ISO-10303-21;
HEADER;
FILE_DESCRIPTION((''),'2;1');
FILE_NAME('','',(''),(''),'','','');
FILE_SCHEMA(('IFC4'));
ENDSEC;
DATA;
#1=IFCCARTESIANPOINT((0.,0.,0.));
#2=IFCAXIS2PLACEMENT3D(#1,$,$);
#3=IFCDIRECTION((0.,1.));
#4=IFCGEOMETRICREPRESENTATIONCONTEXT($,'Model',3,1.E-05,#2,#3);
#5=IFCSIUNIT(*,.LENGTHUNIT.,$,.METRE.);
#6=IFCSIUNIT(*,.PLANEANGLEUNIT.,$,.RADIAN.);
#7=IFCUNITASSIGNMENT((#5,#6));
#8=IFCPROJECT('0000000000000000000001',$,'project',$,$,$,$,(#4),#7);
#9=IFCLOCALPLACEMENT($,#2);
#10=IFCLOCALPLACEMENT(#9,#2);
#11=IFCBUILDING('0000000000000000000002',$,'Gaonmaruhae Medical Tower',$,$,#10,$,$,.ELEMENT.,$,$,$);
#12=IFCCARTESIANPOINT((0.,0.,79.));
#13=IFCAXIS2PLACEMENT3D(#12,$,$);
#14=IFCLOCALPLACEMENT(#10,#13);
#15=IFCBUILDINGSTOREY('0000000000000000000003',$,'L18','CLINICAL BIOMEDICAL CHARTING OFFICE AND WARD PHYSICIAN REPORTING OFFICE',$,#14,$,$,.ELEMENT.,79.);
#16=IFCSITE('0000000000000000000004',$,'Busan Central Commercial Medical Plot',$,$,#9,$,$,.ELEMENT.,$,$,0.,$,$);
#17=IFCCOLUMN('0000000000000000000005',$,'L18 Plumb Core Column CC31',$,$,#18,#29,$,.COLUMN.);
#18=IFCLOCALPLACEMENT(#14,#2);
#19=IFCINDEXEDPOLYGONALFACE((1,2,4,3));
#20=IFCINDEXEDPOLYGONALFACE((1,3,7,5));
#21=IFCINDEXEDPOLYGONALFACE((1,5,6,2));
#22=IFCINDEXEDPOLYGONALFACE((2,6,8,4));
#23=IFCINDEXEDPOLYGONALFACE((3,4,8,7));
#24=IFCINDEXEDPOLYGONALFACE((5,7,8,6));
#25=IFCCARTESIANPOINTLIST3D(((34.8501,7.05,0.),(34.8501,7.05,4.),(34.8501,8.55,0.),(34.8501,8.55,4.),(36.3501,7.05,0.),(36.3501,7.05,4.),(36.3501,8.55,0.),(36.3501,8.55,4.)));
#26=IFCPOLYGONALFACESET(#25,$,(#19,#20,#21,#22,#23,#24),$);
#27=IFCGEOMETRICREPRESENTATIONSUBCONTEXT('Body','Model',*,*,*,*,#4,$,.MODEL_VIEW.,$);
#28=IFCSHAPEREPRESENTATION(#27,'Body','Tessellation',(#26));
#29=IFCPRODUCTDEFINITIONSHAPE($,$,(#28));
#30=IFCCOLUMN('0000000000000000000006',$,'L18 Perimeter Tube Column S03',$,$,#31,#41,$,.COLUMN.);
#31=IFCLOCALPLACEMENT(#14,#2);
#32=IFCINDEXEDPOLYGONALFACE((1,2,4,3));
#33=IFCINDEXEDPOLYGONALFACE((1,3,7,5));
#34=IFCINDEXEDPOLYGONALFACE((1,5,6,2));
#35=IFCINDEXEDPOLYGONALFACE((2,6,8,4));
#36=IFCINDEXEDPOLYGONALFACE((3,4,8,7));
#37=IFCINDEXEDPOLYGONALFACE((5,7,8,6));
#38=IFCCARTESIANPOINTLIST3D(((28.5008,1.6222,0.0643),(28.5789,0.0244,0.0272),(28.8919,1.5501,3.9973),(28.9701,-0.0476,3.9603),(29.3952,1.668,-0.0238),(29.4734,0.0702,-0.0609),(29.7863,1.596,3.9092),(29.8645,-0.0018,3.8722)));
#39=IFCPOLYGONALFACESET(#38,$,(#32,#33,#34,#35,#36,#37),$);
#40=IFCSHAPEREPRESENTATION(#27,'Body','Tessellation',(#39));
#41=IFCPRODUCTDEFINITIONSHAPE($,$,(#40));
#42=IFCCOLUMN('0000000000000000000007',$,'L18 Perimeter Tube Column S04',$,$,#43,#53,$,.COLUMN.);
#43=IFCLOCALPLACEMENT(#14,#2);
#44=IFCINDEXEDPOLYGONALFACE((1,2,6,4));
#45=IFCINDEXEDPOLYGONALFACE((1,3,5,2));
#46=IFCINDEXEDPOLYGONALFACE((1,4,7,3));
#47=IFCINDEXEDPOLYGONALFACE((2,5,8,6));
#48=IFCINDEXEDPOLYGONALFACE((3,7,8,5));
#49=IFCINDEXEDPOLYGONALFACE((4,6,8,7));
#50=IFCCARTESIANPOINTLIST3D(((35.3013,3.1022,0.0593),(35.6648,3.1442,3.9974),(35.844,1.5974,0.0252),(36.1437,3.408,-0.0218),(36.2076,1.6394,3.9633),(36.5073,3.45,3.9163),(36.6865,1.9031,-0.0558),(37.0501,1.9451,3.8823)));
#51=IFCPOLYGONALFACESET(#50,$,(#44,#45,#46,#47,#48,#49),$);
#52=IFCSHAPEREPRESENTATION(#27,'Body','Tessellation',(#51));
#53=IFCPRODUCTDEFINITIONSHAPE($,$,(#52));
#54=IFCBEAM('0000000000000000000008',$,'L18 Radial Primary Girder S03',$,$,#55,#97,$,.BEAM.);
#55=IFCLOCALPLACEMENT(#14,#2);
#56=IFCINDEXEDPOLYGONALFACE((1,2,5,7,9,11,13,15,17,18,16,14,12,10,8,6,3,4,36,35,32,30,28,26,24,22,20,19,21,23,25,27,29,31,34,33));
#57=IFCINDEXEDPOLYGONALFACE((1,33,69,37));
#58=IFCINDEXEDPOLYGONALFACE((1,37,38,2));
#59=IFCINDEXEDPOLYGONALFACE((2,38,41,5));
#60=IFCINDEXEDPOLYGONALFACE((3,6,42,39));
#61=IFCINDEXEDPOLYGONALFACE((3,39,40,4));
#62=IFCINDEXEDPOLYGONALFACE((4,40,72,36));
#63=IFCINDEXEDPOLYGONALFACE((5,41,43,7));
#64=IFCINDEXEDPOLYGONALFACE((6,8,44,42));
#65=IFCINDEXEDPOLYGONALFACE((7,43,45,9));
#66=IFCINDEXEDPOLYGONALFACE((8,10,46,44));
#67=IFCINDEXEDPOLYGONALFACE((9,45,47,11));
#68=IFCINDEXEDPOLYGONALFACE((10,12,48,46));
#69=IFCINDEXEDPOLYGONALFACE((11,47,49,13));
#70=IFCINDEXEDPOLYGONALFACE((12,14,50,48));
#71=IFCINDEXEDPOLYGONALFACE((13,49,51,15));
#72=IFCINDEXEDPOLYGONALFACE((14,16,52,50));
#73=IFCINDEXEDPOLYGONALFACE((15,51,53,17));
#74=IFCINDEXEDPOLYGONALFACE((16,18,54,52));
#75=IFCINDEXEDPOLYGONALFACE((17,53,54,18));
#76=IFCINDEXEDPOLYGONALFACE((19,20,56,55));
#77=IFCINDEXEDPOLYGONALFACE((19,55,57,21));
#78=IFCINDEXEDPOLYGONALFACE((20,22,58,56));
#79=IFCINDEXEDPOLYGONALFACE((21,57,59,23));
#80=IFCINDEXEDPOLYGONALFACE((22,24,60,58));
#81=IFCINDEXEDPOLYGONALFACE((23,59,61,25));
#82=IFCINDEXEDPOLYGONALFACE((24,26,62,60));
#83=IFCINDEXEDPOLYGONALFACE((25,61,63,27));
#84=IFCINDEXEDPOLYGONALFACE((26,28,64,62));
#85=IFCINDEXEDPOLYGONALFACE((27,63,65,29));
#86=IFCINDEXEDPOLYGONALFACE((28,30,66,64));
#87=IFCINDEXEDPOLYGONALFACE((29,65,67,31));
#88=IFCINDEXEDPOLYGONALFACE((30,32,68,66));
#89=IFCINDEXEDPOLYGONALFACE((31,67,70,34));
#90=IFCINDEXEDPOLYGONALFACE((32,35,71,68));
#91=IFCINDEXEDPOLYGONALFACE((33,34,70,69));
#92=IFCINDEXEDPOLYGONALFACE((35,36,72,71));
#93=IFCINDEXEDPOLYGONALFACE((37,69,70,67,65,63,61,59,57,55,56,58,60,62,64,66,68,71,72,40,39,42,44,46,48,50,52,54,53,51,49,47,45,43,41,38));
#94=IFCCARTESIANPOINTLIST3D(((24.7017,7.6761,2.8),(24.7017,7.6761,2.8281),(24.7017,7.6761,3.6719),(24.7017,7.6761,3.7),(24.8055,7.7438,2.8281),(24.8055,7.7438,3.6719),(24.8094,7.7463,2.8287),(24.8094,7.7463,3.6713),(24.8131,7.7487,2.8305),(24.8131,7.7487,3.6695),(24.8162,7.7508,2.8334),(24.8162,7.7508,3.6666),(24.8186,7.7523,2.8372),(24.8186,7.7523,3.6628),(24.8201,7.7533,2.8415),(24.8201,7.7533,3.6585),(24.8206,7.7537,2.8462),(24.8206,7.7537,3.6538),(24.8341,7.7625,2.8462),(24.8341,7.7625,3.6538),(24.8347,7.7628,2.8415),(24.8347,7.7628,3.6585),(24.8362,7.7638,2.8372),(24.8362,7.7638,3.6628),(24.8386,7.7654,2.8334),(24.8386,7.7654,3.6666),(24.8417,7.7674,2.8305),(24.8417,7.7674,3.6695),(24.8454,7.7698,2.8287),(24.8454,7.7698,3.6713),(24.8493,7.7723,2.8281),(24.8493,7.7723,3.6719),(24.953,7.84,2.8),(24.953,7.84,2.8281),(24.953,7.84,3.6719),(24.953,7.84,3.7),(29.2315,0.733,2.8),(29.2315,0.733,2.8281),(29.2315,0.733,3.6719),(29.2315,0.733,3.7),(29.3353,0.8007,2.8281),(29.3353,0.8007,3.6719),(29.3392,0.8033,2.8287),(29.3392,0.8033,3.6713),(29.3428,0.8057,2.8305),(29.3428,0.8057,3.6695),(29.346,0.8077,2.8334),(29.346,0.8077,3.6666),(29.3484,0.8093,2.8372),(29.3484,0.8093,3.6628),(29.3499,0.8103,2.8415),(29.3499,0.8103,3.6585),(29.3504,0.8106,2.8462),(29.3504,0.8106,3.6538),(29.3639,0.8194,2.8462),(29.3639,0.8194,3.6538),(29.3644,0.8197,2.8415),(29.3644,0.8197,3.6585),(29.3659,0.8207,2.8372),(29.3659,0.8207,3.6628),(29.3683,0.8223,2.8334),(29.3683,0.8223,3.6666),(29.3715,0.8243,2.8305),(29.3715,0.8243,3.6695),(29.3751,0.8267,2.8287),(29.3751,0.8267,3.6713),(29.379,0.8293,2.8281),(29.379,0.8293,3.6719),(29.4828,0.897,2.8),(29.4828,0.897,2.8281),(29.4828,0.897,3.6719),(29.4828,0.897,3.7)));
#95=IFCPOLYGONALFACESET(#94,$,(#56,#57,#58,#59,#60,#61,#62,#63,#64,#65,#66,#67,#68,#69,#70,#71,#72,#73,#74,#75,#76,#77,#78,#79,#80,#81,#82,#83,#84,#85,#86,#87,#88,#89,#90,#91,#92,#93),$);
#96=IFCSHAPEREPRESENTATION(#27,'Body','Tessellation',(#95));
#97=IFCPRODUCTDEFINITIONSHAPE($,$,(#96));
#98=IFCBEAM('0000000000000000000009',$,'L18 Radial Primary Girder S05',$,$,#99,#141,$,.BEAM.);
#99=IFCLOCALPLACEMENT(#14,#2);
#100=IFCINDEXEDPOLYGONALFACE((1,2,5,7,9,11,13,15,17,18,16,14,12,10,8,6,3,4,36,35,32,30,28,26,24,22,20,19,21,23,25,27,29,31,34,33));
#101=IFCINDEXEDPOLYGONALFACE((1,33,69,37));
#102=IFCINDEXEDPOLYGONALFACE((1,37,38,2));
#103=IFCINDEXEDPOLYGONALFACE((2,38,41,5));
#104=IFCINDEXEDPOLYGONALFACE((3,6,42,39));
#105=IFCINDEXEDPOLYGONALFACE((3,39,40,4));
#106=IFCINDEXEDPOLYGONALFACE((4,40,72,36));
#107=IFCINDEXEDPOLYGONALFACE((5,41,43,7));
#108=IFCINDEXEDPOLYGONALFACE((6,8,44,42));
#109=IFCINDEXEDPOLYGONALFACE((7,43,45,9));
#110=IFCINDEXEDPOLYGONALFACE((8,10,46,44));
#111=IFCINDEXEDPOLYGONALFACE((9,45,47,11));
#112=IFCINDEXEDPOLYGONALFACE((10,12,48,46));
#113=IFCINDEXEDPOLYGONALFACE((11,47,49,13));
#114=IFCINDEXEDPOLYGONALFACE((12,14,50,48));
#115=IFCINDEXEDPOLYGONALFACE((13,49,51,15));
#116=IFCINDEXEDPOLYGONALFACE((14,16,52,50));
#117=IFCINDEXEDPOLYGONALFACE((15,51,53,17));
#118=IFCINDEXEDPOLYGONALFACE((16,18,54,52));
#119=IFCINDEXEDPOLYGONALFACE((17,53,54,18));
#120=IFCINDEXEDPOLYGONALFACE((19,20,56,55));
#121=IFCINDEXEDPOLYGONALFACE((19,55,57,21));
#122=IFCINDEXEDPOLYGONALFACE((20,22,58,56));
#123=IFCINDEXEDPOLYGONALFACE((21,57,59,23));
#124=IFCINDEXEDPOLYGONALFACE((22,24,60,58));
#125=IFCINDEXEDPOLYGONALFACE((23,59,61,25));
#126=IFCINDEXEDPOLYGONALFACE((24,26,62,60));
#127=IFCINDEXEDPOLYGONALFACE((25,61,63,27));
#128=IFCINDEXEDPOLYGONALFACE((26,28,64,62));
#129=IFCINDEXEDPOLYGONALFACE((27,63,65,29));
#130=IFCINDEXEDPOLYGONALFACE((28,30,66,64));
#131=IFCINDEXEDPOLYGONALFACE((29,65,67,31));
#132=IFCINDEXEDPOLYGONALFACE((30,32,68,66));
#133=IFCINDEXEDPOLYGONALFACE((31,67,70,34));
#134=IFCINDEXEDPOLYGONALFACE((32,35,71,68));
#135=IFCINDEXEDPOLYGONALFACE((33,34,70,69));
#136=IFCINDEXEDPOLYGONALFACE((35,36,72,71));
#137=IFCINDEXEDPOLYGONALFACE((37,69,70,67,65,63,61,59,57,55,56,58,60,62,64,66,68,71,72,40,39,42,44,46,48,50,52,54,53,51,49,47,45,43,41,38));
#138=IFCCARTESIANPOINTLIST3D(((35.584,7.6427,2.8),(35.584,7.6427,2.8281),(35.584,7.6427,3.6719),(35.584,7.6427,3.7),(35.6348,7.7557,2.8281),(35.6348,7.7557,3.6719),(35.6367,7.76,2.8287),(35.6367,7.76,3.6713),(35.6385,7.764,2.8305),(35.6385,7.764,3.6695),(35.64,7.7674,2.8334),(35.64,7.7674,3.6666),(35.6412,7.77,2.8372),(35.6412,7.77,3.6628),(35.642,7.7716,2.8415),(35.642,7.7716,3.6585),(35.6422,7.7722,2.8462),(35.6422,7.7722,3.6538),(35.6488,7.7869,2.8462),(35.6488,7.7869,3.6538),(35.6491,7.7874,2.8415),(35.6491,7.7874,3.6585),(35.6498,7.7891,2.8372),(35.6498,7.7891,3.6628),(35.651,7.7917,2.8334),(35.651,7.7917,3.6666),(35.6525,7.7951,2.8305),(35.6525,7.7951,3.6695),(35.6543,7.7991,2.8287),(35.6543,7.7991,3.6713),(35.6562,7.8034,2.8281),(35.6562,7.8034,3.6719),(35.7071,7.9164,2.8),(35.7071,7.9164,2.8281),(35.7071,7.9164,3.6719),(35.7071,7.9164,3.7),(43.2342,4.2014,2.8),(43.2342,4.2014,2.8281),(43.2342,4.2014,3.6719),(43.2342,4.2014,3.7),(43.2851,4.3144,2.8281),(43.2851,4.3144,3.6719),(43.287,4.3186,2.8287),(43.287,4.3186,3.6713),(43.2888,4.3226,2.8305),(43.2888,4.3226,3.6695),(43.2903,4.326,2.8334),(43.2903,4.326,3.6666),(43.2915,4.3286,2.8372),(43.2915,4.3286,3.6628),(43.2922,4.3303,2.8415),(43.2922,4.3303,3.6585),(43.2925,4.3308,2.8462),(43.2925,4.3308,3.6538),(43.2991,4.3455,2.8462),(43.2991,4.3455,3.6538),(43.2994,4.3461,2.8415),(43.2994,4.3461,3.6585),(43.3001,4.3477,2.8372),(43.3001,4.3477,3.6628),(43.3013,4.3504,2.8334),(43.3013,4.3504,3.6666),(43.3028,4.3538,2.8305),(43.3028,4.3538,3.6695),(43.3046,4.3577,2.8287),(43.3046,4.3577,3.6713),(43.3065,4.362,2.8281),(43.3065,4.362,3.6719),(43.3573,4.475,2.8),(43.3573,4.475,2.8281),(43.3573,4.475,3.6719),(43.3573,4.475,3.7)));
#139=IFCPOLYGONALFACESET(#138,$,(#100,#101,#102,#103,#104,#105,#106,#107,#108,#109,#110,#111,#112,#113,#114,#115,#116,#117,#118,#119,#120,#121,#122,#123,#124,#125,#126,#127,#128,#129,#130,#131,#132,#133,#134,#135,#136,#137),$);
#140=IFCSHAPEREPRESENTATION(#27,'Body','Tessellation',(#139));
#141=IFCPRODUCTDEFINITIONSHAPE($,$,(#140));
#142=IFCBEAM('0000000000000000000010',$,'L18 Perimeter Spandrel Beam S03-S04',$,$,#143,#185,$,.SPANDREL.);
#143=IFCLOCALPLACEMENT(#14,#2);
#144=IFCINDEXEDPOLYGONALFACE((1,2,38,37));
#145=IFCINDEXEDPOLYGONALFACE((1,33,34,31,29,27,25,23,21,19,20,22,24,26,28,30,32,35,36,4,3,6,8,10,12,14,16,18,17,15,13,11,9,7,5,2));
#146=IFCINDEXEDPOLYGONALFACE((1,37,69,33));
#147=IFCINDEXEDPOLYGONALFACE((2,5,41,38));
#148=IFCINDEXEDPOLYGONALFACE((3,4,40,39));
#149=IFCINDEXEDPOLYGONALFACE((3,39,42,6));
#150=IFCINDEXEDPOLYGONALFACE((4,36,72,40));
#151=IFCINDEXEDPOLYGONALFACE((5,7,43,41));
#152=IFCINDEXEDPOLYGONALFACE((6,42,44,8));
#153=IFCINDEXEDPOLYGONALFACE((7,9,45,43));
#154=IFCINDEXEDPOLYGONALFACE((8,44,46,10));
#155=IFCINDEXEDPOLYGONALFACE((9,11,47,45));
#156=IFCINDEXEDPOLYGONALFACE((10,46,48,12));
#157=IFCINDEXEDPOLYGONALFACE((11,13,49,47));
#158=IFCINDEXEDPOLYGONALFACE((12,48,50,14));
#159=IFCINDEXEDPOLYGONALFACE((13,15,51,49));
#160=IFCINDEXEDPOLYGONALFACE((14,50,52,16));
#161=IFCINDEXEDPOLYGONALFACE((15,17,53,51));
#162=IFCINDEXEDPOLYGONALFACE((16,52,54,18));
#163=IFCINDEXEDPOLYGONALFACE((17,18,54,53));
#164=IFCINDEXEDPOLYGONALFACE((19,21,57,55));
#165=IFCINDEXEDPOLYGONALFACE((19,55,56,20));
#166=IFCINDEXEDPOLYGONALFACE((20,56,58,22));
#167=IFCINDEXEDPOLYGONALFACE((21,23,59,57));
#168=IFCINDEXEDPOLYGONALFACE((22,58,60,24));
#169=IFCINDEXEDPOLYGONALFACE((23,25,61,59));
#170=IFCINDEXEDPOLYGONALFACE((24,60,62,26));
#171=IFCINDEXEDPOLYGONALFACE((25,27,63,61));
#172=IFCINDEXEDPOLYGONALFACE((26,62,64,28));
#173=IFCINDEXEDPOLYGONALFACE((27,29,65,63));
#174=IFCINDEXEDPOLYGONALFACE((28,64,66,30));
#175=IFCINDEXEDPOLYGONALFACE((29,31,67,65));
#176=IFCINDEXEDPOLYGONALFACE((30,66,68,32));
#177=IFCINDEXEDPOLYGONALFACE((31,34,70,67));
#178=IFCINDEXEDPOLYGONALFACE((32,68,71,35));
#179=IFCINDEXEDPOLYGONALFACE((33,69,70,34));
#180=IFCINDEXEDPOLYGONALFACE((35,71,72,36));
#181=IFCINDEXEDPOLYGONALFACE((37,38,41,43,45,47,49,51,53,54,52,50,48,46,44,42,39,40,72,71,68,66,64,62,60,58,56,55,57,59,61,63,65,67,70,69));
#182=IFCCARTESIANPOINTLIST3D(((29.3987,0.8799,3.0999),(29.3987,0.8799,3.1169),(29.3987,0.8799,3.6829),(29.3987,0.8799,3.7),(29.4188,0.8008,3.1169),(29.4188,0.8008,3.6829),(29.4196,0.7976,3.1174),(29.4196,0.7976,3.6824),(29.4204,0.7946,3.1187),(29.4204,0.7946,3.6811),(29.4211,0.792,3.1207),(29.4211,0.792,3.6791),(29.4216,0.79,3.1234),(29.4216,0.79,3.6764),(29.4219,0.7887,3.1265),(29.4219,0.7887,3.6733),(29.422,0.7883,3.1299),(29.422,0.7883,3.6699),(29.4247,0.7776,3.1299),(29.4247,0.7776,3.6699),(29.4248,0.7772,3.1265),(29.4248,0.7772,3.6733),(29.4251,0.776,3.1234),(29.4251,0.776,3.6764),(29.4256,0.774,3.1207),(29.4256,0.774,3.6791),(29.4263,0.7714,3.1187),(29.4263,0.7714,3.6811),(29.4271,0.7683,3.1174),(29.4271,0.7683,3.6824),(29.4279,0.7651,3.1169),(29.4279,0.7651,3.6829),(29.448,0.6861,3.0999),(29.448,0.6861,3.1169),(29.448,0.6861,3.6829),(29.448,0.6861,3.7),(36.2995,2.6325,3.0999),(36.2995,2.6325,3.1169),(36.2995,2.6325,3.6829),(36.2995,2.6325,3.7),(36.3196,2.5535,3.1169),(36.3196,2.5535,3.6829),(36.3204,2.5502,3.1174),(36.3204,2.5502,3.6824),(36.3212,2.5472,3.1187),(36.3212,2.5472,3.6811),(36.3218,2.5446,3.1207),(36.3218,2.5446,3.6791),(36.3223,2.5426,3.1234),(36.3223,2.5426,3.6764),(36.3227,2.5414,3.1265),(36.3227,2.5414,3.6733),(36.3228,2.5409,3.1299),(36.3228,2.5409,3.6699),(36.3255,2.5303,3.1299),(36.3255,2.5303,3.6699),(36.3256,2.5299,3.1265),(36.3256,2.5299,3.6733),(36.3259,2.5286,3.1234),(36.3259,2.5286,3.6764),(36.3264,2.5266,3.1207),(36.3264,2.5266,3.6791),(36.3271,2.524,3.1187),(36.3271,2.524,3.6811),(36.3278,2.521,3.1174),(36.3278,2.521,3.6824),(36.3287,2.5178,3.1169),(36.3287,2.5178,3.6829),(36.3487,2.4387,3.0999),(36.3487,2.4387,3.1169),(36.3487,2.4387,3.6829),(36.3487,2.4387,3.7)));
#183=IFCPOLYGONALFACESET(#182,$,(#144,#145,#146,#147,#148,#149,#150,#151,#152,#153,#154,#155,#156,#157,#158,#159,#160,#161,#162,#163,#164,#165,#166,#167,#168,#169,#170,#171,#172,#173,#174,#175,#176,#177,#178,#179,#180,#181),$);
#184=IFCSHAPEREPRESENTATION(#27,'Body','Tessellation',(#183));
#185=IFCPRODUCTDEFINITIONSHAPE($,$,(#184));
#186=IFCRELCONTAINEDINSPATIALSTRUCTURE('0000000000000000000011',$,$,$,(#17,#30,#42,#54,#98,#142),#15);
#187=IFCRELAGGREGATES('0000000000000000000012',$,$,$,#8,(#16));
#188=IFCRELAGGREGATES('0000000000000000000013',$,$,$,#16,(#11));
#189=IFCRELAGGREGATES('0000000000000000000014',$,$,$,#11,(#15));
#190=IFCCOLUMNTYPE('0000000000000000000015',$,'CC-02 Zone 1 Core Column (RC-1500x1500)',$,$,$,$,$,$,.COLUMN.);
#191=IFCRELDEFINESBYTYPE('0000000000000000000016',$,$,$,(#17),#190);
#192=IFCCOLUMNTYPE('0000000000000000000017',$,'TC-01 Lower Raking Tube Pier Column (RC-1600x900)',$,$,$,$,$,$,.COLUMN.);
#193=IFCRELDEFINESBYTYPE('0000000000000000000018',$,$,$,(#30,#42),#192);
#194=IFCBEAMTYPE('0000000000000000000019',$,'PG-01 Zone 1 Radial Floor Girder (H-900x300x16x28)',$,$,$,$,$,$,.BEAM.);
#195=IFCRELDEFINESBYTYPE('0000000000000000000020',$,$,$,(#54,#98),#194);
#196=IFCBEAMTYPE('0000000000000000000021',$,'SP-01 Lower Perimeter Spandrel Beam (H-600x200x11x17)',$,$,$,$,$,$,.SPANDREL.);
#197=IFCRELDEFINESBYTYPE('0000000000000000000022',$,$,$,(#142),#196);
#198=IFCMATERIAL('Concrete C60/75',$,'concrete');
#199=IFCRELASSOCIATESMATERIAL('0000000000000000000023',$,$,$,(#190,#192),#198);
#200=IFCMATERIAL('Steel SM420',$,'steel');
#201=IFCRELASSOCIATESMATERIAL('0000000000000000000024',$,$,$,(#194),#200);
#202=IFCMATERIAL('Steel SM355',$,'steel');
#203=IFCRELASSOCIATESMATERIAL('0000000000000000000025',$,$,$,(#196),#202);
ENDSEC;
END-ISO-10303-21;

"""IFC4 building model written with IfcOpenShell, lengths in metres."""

from ifc_helpers import new_model, si_unit, direction, frame, origin, origin_2d, place, context, subcontext, project, spatial, rectangle, i_section, extrude, material, material_profile, profile_set, type_object, element, save


model = new_model("IFC4")

# Units and contexts
model_context = context("Model", 3, precision=1e-05, world=origin(), true_north=direction((0.0, 1.0)))
body_context = subcontext(model_context, "Body", "Model", "MODEL_VIEW")
ifc_project = project(units=[si_unit("LENGTHUNIT", "METRE"), si_unit("PLANEANGLEUNIT", "RADIAN")], contexts=[model_context])

# Site, building, storey
site_placement = place(None, origin())
site = spatial("IfcSite", under=ifc_project, at=site_placement, Name="Busan Central Commercial Medical Plot", CompositionType="ELEMENT", RefElevation=0.0)
building_placement = place(site_placement, origin())
building = spatial("IfcBuilding", under=site, at=building_placement, Name="Gaonmaruhae Medical Tower", CompositionType="ELEMENT")
storey_placement = place(building_placement, frame((0.0, 0.0, 79.0)))
storey = spatial("IfcBuildingStorey", under=building, at=storey_placement, Name="L18", Description="CLINICAL BIOMEDICAL CHARTING OFFICE AND WARD PHYSICIAN REPORTING OFFICE", CompositionType="ELEMENT", Elevation=79.0)

# Columns
ifc_material_1 = material(Name="Concrete C60/75", Category="concrete")
ifc_material_profile_1 = material_profile(ifc_material_1, rectangle(XDim=1.5, YDim=1.5, at=origin_2d()), Name="RC-1500x1500")
ifc_profile_set_1 = profile_set([ifc_material_profile_1], Name="Concrete C60/75")
column_type_1 = type_object("IfcColumnType", Name="CC-02 Zone 1 Core Column (RC-1500x1500)", PredefinedType="COLUMN", material=ifc_profile_set_1)
column_1_placement = place(storey_placement, frame((35.6001, 7.8, 0.0), z_axis=(0.0, 0.0, 1.0), x_axis=(1.0, 0.0, 0.0)))
element("IfcColumn", 1, at=column_1_placement, inside=storey, type_object=column_type_1, Name="L18 Plumb Core Column CC31", PredefinedType="COLUMN", context=body_context, shape_type="SweptSolid", body=[
    extrude(rectangle(XDim=1.5, YDim=1.5, at=origin_2d()), origin(), (0.0, 0.0, 1.0), 4.0),
])
ifc_material_profile_2 = material_profile(ifc_material_1, rectangle(XDim=1.6001, YDim=0.8999, at=origin_2d()), Name="RC-1600x900")
ifc_profile_set_2 = profile_set([ifc_material_profile_2], Name="Concrete C60/75")
column_type_2 = type_object("IfcColumnType", Name="TC-01 Lower Raking Tube Pier Column (RC-1600x900)", PredefinedType="COLUMN", material=ifc_profile_set_2)
column_2_placement = place(storey_placement, frame((28.9871, 0.8462, 0.0017), z_axis=(0.098937, -0.018219, 0.994927), x_axis=(-0.048855, 0.998538, 0.023143)))
element("IfcColumn", 2, at=column_2_placement, inside=storey, type_object=column_type_2, Name="L18 Perimeter Tube Column S03", PredefinedType="COLUMN", context=body_context, shape_type="SweptSolid", body=[
    extrude(rectangle(XDim=1.6001, YDim=0.8999, at=origin_2d()), origin(), (0.0, 0.0, 1.0), 3.9531),
])
column_3_placement = place(storey_placement, frame((35.9939, 2.5027, 0.0017), z_axis=(0.091911, 0.010617, 0.995711), x_axis=(-0.339223, 0.940465, 0.021285)))
element("IfcColumn", 3, at=column_3_placement, inside=storey, type_object=column_type_2, Name="L18 Perimeter Tube Column S04", PredefinedType="COLUMN", context=body_context, shape_type="SweptSolid", body=[
    extrude(rectangle(XDim=1.6001, YDim=0.8999, at=origin_2d()), origin(), (0.0, 0.0, 1.0), 3.9551),
])

# Beams
ifc_material_2 = material(Name="Steel SM420", Category="steel")
ifc_material_profile_3 = material_profile(ifc_material_2, i_section(OverallWidth=0.3, OverallDepth=0.8999, WebThickness=0.0161, FlangeThickness=0.0281, FilletRadius=0.0181, at=origin_2d()), Name="H-900x300x16x28")
ifc_profile_set_3 = profile_set([ifc_material_profile_3], Name="Steel SM420")
beam_type_1 = type_object("IfcBeamType", Name="PG-01 Zone 1 Radial Floor Girder (H-900x300x16x28)", PredefinedType="BEAM", material=ifc_profile_set_3)
beam_1_placement = place(storey_placement, frame((24.8274, 7.7581, 3.25), z_axis=(0.546409, -0.837519, 0.0), x_axis=(0.837519, 0.546409, 0.0)))
element("IfcBeam", 4, at=beam_1_placement, inside=storey, type_object=beam_type_1, Name="L18 Radial Primary Girder S03", PredefinedType="BEAM", context=body_context, shape_type="SweptSolid", body=[
    extrude(i_section(OverallWidth=0.3, OverallDepth=0.8999, WebThickness=0.0161, FlangeThickness=0.0281, FilletRadius=0.0181, at=origin_2d()), origin(), (0.0, 0.0, 1.0), 8.29),
])
beam_2_placement = place(storey_placement, frame((35.6455, 7.7795, 3.25), z_axis=(0.911978, -0.410239, 0.0), x_axis=(0.410239, 0.911978, 0.0)))
element("IfcBeam", 5, at=beam_2_placement, inside=storey, type_object=beam_type_1, Name="L18 Radial Primary Girder S05", PredefinedType="BEAM", context=body_context, shape_type="SweptSolid", body=[
    extrude(i_section(OverallWidth=0.3, OverallDepth=0.8999, WebThickness=0.0161, FlangeThickness=0.0281, FilletRadius=0.0181, at=origin_2d()), origin(), (0.0, 0.0, 1.0), 8.3887),
])
ifc_material_3 = material(Name="Steel SM355", Category="steel")
ifc_material_profile_4 = material_profile(ifc_material_3, i_section(OverallWidth=0.2, OverallDepth=0.6001, WebThickness=0.011, FlangeThickness=0.0171, FilletRadius=0.0129, at=origin_2d()), Name="H-600x200x11x17")
ifc_profile_set_4 = profile_set([ifc_material_profile_4], Name="Steel SM355")
beam_type_2 = type_object("IfcBeamType", Name="SP-01 Lower Perimeter Spandrel Beam (H-600x200x11x17)", PredefinedType="SPANDREL", material=ifc_profile_set_4)
for number, where, z_axis, x_axis, name in (
    (6, (29.4233, 0.783, 3.3999), (0.969228, 0.246165, 0.0), (-0.246165, 0.969228, 0.0), "L18 Perimeter Spandrel Beam S03-S04"),
):
    element("IfcBeam", number, at=place(storey_placement, frame(where, z_axis=z_axis, x_axis=x_axis)), inside=storey, type_object=beam_type_2, Name=name, PredefinedType="SPANDREL", context=body_context, shape_type="SweptSolid", body=[
        extrude(i_section(OverallWidth=0.2, OverallDepth=0.6001, WebThickness=0.011, FlangeThickness=0.0171, FilletRadius=0.0129, at=origin_2d()), origin(), (0.0, 0.0, 1.0), 7.1199),
    ])

save(model, "model.ifc")
